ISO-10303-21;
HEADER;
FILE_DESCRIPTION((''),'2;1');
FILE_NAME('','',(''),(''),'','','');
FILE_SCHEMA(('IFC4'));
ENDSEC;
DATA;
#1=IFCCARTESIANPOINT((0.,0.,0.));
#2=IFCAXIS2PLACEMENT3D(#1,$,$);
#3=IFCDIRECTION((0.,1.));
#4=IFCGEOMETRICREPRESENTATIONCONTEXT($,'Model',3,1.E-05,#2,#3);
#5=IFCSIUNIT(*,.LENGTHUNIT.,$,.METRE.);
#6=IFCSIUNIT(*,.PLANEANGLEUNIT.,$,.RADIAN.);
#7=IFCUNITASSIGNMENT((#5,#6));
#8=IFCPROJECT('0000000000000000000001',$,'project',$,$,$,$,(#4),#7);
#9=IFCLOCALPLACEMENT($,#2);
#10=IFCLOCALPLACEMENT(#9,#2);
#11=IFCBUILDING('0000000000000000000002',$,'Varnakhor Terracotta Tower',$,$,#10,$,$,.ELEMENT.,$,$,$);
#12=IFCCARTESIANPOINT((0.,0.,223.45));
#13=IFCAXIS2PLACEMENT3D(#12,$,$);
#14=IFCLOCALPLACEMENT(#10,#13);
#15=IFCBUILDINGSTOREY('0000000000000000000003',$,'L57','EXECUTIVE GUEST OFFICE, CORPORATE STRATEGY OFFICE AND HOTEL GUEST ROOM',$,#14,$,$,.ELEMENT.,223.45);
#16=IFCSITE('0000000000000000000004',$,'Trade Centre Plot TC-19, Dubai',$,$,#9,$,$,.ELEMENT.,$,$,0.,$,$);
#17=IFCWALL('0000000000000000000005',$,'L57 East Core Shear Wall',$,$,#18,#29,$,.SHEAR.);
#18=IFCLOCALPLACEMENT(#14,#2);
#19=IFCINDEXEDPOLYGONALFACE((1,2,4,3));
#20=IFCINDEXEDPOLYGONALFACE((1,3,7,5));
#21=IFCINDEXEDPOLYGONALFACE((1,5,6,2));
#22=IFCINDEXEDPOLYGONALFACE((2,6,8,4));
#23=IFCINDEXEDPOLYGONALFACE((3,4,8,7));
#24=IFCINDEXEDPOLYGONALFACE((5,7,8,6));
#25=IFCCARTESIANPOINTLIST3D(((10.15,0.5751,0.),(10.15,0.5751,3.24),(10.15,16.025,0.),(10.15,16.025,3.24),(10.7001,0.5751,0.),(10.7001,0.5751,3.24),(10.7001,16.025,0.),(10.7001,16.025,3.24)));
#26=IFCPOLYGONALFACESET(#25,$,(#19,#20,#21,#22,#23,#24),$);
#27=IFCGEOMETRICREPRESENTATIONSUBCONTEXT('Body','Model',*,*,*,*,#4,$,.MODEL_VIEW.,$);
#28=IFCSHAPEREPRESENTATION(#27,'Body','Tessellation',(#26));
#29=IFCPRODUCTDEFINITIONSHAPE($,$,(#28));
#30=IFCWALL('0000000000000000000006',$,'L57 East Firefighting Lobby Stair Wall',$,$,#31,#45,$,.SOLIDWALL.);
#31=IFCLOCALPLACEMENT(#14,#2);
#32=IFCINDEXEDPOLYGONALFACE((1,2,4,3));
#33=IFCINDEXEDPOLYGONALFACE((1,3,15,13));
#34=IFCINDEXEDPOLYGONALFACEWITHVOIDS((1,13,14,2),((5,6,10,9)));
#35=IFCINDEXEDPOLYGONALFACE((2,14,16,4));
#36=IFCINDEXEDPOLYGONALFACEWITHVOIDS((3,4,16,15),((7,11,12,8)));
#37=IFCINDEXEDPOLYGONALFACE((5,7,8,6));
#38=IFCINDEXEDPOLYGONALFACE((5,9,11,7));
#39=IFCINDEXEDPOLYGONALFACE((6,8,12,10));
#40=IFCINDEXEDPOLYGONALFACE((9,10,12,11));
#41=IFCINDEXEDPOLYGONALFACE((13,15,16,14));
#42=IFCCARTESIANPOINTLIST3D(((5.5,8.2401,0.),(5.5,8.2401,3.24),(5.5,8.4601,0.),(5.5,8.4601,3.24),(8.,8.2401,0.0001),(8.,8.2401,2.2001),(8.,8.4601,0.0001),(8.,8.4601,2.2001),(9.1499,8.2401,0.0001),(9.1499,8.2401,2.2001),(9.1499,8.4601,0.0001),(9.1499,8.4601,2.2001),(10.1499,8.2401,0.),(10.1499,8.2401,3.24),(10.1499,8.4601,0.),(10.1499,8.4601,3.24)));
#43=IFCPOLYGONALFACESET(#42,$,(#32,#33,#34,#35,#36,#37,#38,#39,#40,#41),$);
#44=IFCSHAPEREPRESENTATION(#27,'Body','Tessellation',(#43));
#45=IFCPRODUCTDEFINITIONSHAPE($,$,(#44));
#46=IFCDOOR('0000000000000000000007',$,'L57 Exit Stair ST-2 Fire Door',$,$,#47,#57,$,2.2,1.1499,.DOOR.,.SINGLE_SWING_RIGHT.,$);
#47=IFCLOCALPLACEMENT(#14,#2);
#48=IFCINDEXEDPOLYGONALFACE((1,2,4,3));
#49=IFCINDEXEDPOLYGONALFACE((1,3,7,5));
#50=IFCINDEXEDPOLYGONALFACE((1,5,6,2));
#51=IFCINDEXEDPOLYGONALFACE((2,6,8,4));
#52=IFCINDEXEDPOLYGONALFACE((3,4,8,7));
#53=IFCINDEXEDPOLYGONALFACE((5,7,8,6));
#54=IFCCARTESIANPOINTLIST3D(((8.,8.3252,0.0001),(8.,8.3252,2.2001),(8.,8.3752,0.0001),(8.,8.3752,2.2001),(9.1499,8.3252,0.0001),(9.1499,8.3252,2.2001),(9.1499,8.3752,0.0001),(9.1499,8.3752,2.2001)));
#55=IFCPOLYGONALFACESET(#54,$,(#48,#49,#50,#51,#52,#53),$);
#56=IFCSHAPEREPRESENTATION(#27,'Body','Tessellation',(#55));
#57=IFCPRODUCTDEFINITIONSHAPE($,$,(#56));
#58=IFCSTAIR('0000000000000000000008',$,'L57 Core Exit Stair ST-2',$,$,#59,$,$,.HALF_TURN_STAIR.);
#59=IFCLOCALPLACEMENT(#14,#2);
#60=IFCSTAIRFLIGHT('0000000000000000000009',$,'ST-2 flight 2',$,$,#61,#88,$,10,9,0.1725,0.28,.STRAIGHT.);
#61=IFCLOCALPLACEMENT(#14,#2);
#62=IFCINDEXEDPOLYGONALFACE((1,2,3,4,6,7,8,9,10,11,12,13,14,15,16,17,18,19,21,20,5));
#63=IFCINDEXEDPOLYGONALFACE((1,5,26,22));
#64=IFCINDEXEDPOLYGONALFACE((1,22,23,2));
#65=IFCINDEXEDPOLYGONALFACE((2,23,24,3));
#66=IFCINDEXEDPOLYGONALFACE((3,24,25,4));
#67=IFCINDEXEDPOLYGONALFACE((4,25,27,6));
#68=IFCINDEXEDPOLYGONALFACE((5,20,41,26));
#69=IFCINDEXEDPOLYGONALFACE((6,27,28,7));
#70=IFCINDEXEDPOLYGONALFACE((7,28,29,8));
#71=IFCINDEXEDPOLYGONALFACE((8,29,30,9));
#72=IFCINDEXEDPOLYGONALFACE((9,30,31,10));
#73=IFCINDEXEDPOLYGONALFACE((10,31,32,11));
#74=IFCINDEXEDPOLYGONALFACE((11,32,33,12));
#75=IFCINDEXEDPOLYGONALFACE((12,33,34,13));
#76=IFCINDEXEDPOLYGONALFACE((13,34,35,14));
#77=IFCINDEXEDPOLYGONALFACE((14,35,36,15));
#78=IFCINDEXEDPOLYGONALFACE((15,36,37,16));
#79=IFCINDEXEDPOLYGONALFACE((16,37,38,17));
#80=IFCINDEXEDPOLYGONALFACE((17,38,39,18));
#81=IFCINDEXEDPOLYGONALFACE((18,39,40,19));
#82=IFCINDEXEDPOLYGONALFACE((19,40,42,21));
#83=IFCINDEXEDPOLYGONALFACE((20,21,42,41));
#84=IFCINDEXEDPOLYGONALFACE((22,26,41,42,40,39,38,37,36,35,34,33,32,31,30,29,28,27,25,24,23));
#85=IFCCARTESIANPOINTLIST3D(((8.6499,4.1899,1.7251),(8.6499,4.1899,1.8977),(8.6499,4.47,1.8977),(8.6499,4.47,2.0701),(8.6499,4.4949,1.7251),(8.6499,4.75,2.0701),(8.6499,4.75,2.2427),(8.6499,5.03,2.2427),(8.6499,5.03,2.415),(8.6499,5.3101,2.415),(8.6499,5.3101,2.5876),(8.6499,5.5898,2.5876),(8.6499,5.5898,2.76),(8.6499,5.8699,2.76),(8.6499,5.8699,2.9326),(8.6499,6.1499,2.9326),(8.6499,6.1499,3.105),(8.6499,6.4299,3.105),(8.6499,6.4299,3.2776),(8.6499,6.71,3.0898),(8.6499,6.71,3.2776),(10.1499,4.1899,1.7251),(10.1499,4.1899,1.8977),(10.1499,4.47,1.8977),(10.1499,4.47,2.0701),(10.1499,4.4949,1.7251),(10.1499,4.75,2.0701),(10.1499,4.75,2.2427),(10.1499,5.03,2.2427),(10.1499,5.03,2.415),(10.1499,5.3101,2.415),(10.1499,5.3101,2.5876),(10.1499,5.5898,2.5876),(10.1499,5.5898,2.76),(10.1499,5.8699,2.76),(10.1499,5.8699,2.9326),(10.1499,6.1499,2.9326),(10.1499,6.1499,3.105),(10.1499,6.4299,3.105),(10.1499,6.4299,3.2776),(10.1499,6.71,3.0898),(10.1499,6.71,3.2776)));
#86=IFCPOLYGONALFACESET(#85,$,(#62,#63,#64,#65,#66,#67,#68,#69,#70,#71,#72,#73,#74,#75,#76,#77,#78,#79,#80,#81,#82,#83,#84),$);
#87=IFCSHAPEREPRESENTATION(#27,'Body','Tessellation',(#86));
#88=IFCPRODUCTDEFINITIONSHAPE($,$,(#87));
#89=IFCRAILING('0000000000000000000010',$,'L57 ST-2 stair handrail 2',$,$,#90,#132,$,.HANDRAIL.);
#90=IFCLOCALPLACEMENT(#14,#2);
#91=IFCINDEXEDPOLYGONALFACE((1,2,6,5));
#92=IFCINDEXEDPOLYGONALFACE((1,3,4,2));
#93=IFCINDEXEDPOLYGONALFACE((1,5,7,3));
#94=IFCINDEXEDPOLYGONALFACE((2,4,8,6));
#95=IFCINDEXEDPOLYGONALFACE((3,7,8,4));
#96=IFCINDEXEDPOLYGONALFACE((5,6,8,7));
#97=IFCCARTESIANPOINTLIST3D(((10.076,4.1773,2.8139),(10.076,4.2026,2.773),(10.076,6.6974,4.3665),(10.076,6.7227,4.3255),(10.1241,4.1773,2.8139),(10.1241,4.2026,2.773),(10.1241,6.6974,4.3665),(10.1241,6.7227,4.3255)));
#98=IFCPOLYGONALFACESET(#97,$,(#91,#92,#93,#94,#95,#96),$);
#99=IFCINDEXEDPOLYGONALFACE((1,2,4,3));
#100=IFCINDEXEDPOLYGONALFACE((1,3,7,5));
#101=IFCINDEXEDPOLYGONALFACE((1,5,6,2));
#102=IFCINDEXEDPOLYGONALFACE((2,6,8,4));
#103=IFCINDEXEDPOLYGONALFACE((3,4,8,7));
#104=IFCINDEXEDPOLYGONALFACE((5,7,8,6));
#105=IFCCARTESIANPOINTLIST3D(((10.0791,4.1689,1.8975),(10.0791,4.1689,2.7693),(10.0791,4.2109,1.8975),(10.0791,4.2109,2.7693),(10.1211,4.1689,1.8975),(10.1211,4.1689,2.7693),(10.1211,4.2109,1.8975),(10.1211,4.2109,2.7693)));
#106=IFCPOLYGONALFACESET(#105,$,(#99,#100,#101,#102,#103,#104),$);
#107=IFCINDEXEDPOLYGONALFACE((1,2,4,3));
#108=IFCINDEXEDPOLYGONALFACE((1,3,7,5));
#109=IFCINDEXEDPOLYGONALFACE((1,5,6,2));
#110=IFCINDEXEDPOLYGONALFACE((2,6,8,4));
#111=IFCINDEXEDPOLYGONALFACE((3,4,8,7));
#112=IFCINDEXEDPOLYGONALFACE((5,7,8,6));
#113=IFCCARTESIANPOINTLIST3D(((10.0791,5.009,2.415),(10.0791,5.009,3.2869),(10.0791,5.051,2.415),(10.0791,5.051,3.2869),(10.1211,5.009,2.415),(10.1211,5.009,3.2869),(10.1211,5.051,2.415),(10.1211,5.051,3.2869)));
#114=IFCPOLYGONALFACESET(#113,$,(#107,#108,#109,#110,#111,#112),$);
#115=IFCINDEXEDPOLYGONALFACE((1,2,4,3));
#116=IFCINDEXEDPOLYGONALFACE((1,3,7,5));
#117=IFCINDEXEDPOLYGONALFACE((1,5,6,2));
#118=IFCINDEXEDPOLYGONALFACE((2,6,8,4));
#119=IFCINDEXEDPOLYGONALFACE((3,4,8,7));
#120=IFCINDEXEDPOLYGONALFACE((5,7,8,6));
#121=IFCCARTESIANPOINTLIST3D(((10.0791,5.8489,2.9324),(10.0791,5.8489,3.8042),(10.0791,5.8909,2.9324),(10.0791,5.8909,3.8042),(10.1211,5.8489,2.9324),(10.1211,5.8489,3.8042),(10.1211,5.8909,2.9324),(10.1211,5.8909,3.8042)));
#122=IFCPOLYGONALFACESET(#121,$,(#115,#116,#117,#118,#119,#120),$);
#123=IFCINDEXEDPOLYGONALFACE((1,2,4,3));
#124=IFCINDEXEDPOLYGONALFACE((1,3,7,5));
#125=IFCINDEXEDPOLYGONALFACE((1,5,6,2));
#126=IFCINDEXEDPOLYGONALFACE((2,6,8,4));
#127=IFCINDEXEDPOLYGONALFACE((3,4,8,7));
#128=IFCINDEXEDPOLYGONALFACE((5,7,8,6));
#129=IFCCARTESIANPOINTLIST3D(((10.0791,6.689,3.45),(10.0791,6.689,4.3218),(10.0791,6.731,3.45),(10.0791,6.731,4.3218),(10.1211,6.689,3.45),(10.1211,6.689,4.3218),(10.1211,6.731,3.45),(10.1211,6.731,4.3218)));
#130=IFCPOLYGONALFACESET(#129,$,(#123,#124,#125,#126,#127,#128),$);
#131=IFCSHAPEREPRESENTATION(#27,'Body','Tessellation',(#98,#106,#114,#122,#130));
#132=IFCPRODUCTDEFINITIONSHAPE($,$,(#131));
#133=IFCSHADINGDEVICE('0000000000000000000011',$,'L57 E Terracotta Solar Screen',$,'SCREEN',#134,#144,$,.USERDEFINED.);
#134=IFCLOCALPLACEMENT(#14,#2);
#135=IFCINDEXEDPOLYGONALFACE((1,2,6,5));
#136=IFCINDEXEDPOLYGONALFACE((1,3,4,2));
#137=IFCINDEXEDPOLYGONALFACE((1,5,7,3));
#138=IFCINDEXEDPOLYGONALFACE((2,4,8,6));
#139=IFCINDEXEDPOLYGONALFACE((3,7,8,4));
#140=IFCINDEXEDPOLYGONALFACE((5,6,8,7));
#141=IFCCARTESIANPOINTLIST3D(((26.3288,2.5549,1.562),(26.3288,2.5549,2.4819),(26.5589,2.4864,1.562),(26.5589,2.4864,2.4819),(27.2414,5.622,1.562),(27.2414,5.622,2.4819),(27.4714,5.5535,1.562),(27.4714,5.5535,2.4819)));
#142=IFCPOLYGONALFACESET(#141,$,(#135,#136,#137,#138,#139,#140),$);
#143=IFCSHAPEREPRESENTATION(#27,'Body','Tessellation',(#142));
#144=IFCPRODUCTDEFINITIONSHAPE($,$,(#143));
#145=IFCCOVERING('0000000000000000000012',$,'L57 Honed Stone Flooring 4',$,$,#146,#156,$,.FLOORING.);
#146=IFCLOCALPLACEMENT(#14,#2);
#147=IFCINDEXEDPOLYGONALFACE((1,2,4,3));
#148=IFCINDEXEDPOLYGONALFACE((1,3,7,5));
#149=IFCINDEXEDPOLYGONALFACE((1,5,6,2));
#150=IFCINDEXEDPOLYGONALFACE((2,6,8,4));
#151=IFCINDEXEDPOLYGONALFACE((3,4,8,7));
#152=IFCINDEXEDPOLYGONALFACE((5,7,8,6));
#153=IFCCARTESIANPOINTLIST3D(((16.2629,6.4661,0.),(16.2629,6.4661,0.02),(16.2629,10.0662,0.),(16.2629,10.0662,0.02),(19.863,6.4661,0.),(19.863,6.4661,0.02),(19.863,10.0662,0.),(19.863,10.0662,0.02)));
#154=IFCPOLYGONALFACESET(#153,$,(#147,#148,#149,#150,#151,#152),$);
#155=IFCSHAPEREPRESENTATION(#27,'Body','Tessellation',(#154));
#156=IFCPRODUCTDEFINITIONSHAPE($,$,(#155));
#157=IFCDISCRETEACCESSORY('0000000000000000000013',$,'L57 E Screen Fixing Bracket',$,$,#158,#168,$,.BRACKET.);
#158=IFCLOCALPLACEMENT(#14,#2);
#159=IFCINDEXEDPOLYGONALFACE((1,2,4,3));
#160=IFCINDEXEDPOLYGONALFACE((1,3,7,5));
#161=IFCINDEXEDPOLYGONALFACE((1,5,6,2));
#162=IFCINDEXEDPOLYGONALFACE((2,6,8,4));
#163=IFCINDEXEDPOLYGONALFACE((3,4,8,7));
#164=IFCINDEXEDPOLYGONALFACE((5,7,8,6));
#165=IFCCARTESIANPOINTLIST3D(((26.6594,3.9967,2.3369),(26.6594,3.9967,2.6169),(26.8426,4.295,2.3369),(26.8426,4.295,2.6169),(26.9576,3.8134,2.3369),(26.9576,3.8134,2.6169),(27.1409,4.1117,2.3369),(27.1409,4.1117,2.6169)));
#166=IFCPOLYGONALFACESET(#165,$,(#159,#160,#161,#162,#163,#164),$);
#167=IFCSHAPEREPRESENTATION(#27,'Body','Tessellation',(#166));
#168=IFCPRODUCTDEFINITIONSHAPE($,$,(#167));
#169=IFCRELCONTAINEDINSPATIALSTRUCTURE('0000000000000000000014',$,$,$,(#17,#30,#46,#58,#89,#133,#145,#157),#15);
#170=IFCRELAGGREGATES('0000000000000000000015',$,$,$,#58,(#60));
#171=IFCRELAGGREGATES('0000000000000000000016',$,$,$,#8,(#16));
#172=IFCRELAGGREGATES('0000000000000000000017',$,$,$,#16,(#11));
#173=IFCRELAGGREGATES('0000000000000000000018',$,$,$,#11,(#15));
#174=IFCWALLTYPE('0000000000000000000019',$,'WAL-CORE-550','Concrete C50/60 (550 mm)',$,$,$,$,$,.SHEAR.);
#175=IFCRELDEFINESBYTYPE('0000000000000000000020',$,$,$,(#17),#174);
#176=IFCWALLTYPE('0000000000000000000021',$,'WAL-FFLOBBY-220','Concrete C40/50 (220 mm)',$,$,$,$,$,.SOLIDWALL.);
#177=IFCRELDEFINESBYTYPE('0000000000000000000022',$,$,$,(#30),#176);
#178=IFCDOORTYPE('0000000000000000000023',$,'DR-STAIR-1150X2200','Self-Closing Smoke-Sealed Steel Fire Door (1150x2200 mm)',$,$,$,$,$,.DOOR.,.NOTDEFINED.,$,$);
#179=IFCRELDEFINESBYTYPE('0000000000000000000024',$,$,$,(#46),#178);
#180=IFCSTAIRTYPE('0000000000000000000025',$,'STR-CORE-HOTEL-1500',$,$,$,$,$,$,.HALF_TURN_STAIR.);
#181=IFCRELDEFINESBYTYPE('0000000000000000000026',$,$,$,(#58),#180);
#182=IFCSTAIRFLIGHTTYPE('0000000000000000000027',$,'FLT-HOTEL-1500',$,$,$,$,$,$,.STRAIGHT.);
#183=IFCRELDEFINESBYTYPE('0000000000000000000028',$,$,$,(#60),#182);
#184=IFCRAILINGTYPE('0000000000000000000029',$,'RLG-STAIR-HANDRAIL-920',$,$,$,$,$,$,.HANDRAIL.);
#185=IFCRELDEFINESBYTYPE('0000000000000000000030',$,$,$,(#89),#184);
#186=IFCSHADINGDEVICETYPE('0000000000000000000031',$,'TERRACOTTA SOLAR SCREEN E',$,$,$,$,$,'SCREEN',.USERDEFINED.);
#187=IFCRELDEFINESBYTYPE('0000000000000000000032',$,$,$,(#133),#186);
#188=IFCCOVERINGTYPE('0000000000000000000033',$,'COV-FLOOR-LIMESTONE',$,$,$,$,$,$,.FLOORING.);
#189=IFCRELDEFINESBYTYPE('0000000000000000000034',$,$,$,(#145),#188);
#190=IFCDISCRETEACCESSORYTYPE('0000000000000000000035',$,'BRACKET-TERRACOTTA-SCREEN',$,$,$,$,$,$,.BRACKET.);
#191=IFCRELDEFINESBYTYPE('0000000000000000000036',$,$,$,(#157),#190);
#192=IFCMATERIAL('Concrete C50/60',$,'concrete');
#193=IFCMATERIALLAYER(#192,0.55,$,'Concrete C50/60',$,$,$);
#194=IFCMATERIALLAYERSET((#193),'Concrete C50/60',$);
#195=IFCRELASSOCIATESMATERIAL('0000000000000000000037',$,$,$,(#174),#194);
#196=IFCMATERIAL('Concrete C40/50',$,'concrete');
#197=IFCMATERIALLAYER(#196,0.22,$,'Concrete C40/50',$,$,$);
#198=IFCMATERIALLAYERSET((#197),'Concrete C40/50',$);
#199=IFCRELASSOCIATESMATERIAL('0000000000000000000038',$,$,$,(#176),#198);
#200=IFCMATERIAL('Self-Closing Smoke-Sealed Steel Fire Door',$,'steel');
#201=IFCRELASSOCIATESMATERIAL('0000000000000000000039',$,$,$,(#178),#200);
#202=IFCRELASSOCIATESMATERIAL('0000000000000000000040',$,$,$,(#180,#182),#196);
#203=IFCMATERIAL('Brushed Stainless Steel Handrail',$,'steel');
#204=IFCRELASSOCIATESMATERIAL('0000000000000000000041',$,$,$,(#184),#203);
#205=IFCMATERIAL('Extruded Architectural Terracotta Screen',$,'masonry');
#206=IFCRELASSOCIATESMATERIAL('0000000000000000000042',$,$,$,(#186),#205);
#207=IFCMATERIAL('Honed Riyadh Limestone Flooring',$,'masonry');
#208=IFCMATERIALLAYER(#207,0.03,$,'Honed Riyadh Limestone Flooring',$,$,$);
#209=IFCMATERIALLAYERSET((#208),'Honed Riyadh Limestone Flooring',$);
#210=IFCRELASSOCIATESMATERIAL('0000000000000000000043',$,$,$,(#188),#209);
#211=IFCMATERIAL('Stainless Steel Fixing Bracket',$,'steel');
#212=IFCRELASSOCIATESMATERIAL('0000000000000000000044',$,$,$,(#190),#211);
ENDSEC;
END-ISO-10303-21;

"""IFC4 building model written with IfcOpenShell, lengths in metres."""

from ifc_helpers import new_model, si_unit, direction, frame, frame_2d, origin, origin_2d, place, context, subcontext, project, spatial, polyline, rectangle, outline, extrude, source, transform, mapped, material, layer, layer_set, type_object, type_shapes, element, fill, aggregate, save


model = new_model("IFC4")

# Units and contexts
model_context = context("Model", 3, precision=1e-05, world=origin(), true_north=direction((0.0, 1.0)))
body_context = subcontext(model_context, "Body", "Model", "MODEL_VIEW")
ifc_project = project(units=[si_unit("LENGTHUNIT", "METRE"), si_unit("PLANEANGLEUNIT", "RADIAN")], contexts=[model_context])

# Site, building, storey
site_placement = place(None, origin())
site = spatial("IfcSite", under=ifc_project, at=site_placement, Name="Trade Centre Plot TC-19, Dubai", CompositionType="ELEMENT", RefElevation=0.0)
building_placement = place(site_placement, origin())
building = spatial("IfcBuilding", under=site, at=building_placement, Name="Varnakhor Terracotta Tower", CompositionType="ELEMENT")
storey_placement = place(building_placement, frame((0.0, 0.0, 223.45)))
storey = spatial("IfcBuildingStorey", under=building, at=storey_placement, Name="L57", Description="EXECUTIVE GUEST OFFICE, CORPORATE STRATEGY OFFICE AND HOTEL GUEST ROOM", CompositionType="ELEMENT", Elevation=223.45)

# Shared definitions
ifc_material_1 = material(Name="Concrete C50/60", Category="concrete")

# Wall
ifc_layer_1 = layer(ifc_material_1, 0.55, Name="Concrete C50/60")
ifc_layer_set_1 = layer_set([ifc_layer_1], Name="Concrete C50/60")
wall_type_1 = type_object("IfcWallType", Name="WAL-CORE-550", Description="Concrete C50/60 (550 mm)", PredefinedType="SHEAR", material=ifc_layer_set_1)
wall_1_placement = place(storey_placement, frame((10.425, 0.575, 0.0), z_axis=(0.0, 0.0, 1.0), x_axis=(0.0, 1.0, 0.0)))
element("IfcWall", 1, at=wall_1_placement, inside=storey, type_object=wall_type_1, Name="L57 East Core Shear Wall", PredefinedType="SHEAR", context=body_context, shape_type="SweptSolid", body=[
    extrude(rectangle(XDim=15.45, YDim=0.55, at=frame_2d((7.7251, 0.0))), origin(), (0.0, 0.0, 1.0), 3.24),
])

# Wall, opening, door
ifc_material_2 = material(Name="Concrete C40/50", Category="concrete")
ifc_layer_2 = layer(ifc_material_2, 0.22, Name="Concrete C40/50")
ifc_layer_set_2 = layer_set([ifc_layer_2], Name="Concrete C40/50")
wall_type_2 = type_object("IfcWallType", Name="WAL-FFLOBBY-220", Description="Concrete C40/50 (220 mm)", PredefinedType="SOLIDWALL", material=ifc_layer_set_2)
wall_2_placement = place(storey_placement, frame((10.1499, 8.3501, 0.0), z_axis=(0.0, 0.0, 1.0), x_axis=(-1.0, 0.0, 0.0)))
wall_2 = element("IfcWall", 2, at=wall_2_placement, inside=storey, type_object=wall_type_2, Name="L57 East Firefighting Lobby Stair Wall", PredefinedType="SOLIDWALL", context=body_context, shape_type="SweptSolid", body=[
    extrude(rectangle(XDim=4.6499, YDim=0.22, at=frame_2d((2.325, 0.0))), origin(), (0.0, 0.0, 1.0), 3.24),
])
opening_placement = place(wall_2_placement, frame((1.0, 0.0, 0.0)))
opening = element("IfcOpeningElement", 3, at=opening_placement, cuts=wall_2, PredefinedType="OPENING", context=body_context, shape_type="SweptSolid", body=[
    extrude(rectangle(XDim=1.1499, YDim=2.2, at=frame_2d((0.575, 1.1001))), frame((0.0, 0.1201, 0.0), z_axis=(0.0, -1.0, 0.0), x_axis=(1.0, 0.0, 0.0)), (0.0, 0.0, 1.0), 0.24),
])
ifc_material_3 = material(Name="Self-Closing Smoke-Sealed Steel Fire Door", Category="steel")
door_type = type_object("IfcDoorType", Name="DR-STAIR-1150X2200", Description="Self-Closing Smoke-Sealed Steel Fire Door (1150x2200 mm)", OperationType="NOTDEFINED", PredefinedType="DOOR", material=ifc_material_3)
shared_shape_1 = source(origin(), body_context, "Body", "SweptSolid", [
    extrude(rectangle(XDim=1.1499, YDim=2.2, at=frame_2d((0.575, 1.1001))), frame((0.0, 0.0249, 0.0), z_axis=(0.0, -1.0, 0.0), x_axis=(1.0, 0.0, 0.0)), (0.0, 0.0, 1.0), 0.05),
])
type_shapes(door_type, [shared_shape_1])
door_placement = place(opening_placement, origin())
door = element("IfcDoor", 4, at=door_placement, inside=storey, type_object=door_type, Name="L57 Exit Stair ST-2 Fire Door", OperationType="SINGLE_SWING_RIGHT", OverallHeight=2.2, OverallWidth=1.1499, PredefinedType="DOOR", context=body_context, shape_type="MappedRepresentation", body=[
    mapped(shared_shape_1, transform((0.0, 0.0, 0.0), scale=1.0)),
])
fill(opening, door)

# Stair, stair flight
stair_type = type_object("IfcStairType", Name="STR-CORE-HOTEL-1500", PredefinedType="HALF_TURN_STAIR", material=ifc_material_2)
stair_placement = place(storey_placement, origin())
stair = element("IfcStair", 5, at=stair_placement, inside=storey, type_object=stair_type, Name="L57 Core Exit Stair ST-2", PredefinedType="HALF_TURN_STAIR")
stair_flight_type = type_object("IfcStairFlightType", Name="FLT-HOTEL-1500", PredefinedType="STRAIGHT", material=ifc_material_2)
stair_flight_placement = place(storey_placement, frame((9.3999, 4.1899, 1.7251), z_axis=(0.0, 0.0, 1.0), x_axis=(0.0, 1.0, 0.0)))
stair_flight = element("IfcStairFlight", 6, at=stair_flight_placement, type_object=stair_flight_type, Name="ST-2 flight 2", NumberOfRisers=10, NumberOfTreads=9, PredefinedType="STRAIGHT", RiserHeight=0.1725, TreadLength=0.28, context=body_context, shape_type="SweptSolid", body=[
    extrude(outline(polyline([(0.0, 0.0), (0.0, 0.1726), (0.28, 0.1726), (0.28, 0.345), (0.5601, 0.345), (0.5601, 0.5176), (0.8401, 0.5176), (0.8401, 0.6899), (1.1201, 0.6899), (1.1201, 0.8625), (1.3999, 0.8625), (1.3999, 1.0349), (1.6799, 1.0349), (1.6799, 1.2075), (1.96, 1.2075), (1.96, 1.3799), (2.24, 1.3799), (2.24, 1.5525), (2.52, 1.5525), (2.52, 1.7251), (2.52, 1.3647), (0.3049, 0.0), (0.0, 0.0)])), frame((0.0, 0.75, 0.0), z_axis=(0.0, -1.0, 0.0), x_axis=(1.0, 0.0, 0.0)), (0.0, 0.0, 1.0), 1.5),
])
aggregate(stair, [stair_flight])

# Railing
ifc_material_4 = material(Name="Brushed Stainless Steel Handrail", Category="steel")
railing_type = type_object("IfcRailingType", Name="RLG-STAIR-HANDRAIL-920", PredefinedType="HANDRAIL", material=ifc_material_4)
railing_placement = place(storey_placement, frame((10.1001, 4.1899, 1.8975)))
element("IfcRailing", 7, at=railing_placement, inside=storey, type_object=railing_type, Name="L57 ST-2 stair handrail 2", PredefinedType="HANDRAIL", context=body_context, shape_type="SweptSolid", body=[
    extrude(rectangle(XDim=0.0481, YDim=0.0481, at=origin_2d()), frame((0.0, 0.0, 0.896), z_axis=(0.0, 0.8514, 0.524516), x_axis=(-1.0, 0.0, 0.0)), (0.0, 0.0, 1.0), 2.96),
    extrude(rectangle(XDim=0.042, YDim=0.042, at=origin_2d()), origin(), (0.0, 0.0, 1.0), 0.8718),
    extrude(rectangle(XDim=0.042, YDim=0.042, at=origin_2d()), frame((0.0, 0.8401, 0.5176)), (0.0, 0.0, 1.0), 0.8718),
    extrude(rectangle(XDim=0.042, YDim=0.042, at=origin_2d()), frame((0.0, 1.6799, 1.0349)), (0.0, 0.0, 1.0), 0.8718),
    extrude(rectangle(XDim=0.042, YDim=0.042, at=origin_2d()), frame((0.0, 2.52, 1.5525)), (0.0, 0.0, 1.0), 0.8718),
])

# Shading device
ifc_material_5 = material(Name="Extruded Architectural Terracotta Screen", Category="masonry")
shading_device_type = type_object("IfcShadingDeviceType", Name="TERRACOTTA SOLAR SCREEN E", ElementType="SCREEN", PredefinedType="USERDEFINED", material=ifc_material_5)
shared_shape_2 = source(origin(), body_context, "Body", "SweptSolid", [
    extrude(rectangle(XDim=3.2, YDim=0.24, at=origin_2d()), origin(), (0.0, 0.0, 1.0), 0.9199),
])
type_shapes(shading_device_type, [shared_shape_2])
shading_device_placement = place(storey_placement, frame((26.9001, 4.0542, 1.562), z_axis=(0.0, 0.0, 1.0), x_axis=(0.285187, 0.958472, 0.0)))
element("IfcShadingDevice", 8, at=shading_device_placement, inside=storey, type_object=shading_device_type, Name="L57 E Terracotta Solar Screen", ObjectType="SCREEN", PredefinedType="USERDEFINED", context=body_context, shape_type="MappedRepresentation", body=[
    mapped(shared_shape_2, transform((0.0, 0.0, 0.0), scale=1.0)),
])

# Covering
ifc_material_6 = material(Name="Honed Riyadh Limestone Flooring", Category="masonry")
ifc_layer_3 = layer(ifc_material_6, 0.03, Name="Honed Riyadh Limestone Flooring")
ifc_layer_set_3 = layer_set([ifc_layer_3], Name="Honed Riyadh Limestone Flooring")
covering_type = type_object("IfcCoveringType", Name="COV-FLOOR-LIMESTONE", PredefinedType="FLOORING", material=ifc_layer_set_3)
shared_shape_3 = source(origin(), body_context, "Body", "SweptSolid", [
    extrude(rectangle(XDim=3.6001, YDim=3.6001, at=origin_2d()), origin(), (0.0, 0.0, 1.0), 0.02),
])
covering_placement = place(storey_placement, frame((18.063, 8.2661, 0.0), z_axis=(0.0, 0.0, 1.0), x_axis=(1.0, 0.0, 0.0)))
element("IfcCovering", 9, at=covering_placement, inside=storey, type_object=covering_type, Name="L57 Honed Stone Flooring 4", PredefinedType="FLOORING", context=body_context, shape_type="MappedRepresentation", body=[
    mapped(shared_shape_3, transform((0.0, 0.0, 0.0), scale=1.0)),
])

# Discrete accessory
ifc_material_7 = material(Name="Stainless Steel Fixing Bracket", Category="steel")
discrete_accessory_type = type_object("IfcDiscreteAccessoryType", Name="BRACKET-TERRACOTTA-SCREEN", PredefinedType="BRACKET", material=ifc_material_7)
shared_shape_4 = source(origin(), body_context, "Body", "SweptSolid", [
    extrude(rectangle(XDim=0.3501, YDim=0.3501, at=origin_2d()), origin(), (0.0, 0.0, 1.0), 0.28),
])
type_shapes(discrete_accessory_type, [shared_shape_4])
discrete_accessory_placement = place(storey_placement, frame((26.9001, 4.0542, 2.3369), z_axis=(0.0, 0.0, 1.0), x_axis=(0.52354, 0.852001, 0.0)))
element("IfcDiscreteAccessory", 10, at=discrete_accessory_placement, inside=storey, type_object=discrete_accessory_type, Name="L57 E Screen Fixing Bracket", PredefinedType="BRACKET", context=body_context, shape_type="MappedRepresentation", body=[
    mapped(shared_shape_4, transform((0.0, 0.0, 0.0), scale=1.0)),
])

save(model, "model.ifc")
